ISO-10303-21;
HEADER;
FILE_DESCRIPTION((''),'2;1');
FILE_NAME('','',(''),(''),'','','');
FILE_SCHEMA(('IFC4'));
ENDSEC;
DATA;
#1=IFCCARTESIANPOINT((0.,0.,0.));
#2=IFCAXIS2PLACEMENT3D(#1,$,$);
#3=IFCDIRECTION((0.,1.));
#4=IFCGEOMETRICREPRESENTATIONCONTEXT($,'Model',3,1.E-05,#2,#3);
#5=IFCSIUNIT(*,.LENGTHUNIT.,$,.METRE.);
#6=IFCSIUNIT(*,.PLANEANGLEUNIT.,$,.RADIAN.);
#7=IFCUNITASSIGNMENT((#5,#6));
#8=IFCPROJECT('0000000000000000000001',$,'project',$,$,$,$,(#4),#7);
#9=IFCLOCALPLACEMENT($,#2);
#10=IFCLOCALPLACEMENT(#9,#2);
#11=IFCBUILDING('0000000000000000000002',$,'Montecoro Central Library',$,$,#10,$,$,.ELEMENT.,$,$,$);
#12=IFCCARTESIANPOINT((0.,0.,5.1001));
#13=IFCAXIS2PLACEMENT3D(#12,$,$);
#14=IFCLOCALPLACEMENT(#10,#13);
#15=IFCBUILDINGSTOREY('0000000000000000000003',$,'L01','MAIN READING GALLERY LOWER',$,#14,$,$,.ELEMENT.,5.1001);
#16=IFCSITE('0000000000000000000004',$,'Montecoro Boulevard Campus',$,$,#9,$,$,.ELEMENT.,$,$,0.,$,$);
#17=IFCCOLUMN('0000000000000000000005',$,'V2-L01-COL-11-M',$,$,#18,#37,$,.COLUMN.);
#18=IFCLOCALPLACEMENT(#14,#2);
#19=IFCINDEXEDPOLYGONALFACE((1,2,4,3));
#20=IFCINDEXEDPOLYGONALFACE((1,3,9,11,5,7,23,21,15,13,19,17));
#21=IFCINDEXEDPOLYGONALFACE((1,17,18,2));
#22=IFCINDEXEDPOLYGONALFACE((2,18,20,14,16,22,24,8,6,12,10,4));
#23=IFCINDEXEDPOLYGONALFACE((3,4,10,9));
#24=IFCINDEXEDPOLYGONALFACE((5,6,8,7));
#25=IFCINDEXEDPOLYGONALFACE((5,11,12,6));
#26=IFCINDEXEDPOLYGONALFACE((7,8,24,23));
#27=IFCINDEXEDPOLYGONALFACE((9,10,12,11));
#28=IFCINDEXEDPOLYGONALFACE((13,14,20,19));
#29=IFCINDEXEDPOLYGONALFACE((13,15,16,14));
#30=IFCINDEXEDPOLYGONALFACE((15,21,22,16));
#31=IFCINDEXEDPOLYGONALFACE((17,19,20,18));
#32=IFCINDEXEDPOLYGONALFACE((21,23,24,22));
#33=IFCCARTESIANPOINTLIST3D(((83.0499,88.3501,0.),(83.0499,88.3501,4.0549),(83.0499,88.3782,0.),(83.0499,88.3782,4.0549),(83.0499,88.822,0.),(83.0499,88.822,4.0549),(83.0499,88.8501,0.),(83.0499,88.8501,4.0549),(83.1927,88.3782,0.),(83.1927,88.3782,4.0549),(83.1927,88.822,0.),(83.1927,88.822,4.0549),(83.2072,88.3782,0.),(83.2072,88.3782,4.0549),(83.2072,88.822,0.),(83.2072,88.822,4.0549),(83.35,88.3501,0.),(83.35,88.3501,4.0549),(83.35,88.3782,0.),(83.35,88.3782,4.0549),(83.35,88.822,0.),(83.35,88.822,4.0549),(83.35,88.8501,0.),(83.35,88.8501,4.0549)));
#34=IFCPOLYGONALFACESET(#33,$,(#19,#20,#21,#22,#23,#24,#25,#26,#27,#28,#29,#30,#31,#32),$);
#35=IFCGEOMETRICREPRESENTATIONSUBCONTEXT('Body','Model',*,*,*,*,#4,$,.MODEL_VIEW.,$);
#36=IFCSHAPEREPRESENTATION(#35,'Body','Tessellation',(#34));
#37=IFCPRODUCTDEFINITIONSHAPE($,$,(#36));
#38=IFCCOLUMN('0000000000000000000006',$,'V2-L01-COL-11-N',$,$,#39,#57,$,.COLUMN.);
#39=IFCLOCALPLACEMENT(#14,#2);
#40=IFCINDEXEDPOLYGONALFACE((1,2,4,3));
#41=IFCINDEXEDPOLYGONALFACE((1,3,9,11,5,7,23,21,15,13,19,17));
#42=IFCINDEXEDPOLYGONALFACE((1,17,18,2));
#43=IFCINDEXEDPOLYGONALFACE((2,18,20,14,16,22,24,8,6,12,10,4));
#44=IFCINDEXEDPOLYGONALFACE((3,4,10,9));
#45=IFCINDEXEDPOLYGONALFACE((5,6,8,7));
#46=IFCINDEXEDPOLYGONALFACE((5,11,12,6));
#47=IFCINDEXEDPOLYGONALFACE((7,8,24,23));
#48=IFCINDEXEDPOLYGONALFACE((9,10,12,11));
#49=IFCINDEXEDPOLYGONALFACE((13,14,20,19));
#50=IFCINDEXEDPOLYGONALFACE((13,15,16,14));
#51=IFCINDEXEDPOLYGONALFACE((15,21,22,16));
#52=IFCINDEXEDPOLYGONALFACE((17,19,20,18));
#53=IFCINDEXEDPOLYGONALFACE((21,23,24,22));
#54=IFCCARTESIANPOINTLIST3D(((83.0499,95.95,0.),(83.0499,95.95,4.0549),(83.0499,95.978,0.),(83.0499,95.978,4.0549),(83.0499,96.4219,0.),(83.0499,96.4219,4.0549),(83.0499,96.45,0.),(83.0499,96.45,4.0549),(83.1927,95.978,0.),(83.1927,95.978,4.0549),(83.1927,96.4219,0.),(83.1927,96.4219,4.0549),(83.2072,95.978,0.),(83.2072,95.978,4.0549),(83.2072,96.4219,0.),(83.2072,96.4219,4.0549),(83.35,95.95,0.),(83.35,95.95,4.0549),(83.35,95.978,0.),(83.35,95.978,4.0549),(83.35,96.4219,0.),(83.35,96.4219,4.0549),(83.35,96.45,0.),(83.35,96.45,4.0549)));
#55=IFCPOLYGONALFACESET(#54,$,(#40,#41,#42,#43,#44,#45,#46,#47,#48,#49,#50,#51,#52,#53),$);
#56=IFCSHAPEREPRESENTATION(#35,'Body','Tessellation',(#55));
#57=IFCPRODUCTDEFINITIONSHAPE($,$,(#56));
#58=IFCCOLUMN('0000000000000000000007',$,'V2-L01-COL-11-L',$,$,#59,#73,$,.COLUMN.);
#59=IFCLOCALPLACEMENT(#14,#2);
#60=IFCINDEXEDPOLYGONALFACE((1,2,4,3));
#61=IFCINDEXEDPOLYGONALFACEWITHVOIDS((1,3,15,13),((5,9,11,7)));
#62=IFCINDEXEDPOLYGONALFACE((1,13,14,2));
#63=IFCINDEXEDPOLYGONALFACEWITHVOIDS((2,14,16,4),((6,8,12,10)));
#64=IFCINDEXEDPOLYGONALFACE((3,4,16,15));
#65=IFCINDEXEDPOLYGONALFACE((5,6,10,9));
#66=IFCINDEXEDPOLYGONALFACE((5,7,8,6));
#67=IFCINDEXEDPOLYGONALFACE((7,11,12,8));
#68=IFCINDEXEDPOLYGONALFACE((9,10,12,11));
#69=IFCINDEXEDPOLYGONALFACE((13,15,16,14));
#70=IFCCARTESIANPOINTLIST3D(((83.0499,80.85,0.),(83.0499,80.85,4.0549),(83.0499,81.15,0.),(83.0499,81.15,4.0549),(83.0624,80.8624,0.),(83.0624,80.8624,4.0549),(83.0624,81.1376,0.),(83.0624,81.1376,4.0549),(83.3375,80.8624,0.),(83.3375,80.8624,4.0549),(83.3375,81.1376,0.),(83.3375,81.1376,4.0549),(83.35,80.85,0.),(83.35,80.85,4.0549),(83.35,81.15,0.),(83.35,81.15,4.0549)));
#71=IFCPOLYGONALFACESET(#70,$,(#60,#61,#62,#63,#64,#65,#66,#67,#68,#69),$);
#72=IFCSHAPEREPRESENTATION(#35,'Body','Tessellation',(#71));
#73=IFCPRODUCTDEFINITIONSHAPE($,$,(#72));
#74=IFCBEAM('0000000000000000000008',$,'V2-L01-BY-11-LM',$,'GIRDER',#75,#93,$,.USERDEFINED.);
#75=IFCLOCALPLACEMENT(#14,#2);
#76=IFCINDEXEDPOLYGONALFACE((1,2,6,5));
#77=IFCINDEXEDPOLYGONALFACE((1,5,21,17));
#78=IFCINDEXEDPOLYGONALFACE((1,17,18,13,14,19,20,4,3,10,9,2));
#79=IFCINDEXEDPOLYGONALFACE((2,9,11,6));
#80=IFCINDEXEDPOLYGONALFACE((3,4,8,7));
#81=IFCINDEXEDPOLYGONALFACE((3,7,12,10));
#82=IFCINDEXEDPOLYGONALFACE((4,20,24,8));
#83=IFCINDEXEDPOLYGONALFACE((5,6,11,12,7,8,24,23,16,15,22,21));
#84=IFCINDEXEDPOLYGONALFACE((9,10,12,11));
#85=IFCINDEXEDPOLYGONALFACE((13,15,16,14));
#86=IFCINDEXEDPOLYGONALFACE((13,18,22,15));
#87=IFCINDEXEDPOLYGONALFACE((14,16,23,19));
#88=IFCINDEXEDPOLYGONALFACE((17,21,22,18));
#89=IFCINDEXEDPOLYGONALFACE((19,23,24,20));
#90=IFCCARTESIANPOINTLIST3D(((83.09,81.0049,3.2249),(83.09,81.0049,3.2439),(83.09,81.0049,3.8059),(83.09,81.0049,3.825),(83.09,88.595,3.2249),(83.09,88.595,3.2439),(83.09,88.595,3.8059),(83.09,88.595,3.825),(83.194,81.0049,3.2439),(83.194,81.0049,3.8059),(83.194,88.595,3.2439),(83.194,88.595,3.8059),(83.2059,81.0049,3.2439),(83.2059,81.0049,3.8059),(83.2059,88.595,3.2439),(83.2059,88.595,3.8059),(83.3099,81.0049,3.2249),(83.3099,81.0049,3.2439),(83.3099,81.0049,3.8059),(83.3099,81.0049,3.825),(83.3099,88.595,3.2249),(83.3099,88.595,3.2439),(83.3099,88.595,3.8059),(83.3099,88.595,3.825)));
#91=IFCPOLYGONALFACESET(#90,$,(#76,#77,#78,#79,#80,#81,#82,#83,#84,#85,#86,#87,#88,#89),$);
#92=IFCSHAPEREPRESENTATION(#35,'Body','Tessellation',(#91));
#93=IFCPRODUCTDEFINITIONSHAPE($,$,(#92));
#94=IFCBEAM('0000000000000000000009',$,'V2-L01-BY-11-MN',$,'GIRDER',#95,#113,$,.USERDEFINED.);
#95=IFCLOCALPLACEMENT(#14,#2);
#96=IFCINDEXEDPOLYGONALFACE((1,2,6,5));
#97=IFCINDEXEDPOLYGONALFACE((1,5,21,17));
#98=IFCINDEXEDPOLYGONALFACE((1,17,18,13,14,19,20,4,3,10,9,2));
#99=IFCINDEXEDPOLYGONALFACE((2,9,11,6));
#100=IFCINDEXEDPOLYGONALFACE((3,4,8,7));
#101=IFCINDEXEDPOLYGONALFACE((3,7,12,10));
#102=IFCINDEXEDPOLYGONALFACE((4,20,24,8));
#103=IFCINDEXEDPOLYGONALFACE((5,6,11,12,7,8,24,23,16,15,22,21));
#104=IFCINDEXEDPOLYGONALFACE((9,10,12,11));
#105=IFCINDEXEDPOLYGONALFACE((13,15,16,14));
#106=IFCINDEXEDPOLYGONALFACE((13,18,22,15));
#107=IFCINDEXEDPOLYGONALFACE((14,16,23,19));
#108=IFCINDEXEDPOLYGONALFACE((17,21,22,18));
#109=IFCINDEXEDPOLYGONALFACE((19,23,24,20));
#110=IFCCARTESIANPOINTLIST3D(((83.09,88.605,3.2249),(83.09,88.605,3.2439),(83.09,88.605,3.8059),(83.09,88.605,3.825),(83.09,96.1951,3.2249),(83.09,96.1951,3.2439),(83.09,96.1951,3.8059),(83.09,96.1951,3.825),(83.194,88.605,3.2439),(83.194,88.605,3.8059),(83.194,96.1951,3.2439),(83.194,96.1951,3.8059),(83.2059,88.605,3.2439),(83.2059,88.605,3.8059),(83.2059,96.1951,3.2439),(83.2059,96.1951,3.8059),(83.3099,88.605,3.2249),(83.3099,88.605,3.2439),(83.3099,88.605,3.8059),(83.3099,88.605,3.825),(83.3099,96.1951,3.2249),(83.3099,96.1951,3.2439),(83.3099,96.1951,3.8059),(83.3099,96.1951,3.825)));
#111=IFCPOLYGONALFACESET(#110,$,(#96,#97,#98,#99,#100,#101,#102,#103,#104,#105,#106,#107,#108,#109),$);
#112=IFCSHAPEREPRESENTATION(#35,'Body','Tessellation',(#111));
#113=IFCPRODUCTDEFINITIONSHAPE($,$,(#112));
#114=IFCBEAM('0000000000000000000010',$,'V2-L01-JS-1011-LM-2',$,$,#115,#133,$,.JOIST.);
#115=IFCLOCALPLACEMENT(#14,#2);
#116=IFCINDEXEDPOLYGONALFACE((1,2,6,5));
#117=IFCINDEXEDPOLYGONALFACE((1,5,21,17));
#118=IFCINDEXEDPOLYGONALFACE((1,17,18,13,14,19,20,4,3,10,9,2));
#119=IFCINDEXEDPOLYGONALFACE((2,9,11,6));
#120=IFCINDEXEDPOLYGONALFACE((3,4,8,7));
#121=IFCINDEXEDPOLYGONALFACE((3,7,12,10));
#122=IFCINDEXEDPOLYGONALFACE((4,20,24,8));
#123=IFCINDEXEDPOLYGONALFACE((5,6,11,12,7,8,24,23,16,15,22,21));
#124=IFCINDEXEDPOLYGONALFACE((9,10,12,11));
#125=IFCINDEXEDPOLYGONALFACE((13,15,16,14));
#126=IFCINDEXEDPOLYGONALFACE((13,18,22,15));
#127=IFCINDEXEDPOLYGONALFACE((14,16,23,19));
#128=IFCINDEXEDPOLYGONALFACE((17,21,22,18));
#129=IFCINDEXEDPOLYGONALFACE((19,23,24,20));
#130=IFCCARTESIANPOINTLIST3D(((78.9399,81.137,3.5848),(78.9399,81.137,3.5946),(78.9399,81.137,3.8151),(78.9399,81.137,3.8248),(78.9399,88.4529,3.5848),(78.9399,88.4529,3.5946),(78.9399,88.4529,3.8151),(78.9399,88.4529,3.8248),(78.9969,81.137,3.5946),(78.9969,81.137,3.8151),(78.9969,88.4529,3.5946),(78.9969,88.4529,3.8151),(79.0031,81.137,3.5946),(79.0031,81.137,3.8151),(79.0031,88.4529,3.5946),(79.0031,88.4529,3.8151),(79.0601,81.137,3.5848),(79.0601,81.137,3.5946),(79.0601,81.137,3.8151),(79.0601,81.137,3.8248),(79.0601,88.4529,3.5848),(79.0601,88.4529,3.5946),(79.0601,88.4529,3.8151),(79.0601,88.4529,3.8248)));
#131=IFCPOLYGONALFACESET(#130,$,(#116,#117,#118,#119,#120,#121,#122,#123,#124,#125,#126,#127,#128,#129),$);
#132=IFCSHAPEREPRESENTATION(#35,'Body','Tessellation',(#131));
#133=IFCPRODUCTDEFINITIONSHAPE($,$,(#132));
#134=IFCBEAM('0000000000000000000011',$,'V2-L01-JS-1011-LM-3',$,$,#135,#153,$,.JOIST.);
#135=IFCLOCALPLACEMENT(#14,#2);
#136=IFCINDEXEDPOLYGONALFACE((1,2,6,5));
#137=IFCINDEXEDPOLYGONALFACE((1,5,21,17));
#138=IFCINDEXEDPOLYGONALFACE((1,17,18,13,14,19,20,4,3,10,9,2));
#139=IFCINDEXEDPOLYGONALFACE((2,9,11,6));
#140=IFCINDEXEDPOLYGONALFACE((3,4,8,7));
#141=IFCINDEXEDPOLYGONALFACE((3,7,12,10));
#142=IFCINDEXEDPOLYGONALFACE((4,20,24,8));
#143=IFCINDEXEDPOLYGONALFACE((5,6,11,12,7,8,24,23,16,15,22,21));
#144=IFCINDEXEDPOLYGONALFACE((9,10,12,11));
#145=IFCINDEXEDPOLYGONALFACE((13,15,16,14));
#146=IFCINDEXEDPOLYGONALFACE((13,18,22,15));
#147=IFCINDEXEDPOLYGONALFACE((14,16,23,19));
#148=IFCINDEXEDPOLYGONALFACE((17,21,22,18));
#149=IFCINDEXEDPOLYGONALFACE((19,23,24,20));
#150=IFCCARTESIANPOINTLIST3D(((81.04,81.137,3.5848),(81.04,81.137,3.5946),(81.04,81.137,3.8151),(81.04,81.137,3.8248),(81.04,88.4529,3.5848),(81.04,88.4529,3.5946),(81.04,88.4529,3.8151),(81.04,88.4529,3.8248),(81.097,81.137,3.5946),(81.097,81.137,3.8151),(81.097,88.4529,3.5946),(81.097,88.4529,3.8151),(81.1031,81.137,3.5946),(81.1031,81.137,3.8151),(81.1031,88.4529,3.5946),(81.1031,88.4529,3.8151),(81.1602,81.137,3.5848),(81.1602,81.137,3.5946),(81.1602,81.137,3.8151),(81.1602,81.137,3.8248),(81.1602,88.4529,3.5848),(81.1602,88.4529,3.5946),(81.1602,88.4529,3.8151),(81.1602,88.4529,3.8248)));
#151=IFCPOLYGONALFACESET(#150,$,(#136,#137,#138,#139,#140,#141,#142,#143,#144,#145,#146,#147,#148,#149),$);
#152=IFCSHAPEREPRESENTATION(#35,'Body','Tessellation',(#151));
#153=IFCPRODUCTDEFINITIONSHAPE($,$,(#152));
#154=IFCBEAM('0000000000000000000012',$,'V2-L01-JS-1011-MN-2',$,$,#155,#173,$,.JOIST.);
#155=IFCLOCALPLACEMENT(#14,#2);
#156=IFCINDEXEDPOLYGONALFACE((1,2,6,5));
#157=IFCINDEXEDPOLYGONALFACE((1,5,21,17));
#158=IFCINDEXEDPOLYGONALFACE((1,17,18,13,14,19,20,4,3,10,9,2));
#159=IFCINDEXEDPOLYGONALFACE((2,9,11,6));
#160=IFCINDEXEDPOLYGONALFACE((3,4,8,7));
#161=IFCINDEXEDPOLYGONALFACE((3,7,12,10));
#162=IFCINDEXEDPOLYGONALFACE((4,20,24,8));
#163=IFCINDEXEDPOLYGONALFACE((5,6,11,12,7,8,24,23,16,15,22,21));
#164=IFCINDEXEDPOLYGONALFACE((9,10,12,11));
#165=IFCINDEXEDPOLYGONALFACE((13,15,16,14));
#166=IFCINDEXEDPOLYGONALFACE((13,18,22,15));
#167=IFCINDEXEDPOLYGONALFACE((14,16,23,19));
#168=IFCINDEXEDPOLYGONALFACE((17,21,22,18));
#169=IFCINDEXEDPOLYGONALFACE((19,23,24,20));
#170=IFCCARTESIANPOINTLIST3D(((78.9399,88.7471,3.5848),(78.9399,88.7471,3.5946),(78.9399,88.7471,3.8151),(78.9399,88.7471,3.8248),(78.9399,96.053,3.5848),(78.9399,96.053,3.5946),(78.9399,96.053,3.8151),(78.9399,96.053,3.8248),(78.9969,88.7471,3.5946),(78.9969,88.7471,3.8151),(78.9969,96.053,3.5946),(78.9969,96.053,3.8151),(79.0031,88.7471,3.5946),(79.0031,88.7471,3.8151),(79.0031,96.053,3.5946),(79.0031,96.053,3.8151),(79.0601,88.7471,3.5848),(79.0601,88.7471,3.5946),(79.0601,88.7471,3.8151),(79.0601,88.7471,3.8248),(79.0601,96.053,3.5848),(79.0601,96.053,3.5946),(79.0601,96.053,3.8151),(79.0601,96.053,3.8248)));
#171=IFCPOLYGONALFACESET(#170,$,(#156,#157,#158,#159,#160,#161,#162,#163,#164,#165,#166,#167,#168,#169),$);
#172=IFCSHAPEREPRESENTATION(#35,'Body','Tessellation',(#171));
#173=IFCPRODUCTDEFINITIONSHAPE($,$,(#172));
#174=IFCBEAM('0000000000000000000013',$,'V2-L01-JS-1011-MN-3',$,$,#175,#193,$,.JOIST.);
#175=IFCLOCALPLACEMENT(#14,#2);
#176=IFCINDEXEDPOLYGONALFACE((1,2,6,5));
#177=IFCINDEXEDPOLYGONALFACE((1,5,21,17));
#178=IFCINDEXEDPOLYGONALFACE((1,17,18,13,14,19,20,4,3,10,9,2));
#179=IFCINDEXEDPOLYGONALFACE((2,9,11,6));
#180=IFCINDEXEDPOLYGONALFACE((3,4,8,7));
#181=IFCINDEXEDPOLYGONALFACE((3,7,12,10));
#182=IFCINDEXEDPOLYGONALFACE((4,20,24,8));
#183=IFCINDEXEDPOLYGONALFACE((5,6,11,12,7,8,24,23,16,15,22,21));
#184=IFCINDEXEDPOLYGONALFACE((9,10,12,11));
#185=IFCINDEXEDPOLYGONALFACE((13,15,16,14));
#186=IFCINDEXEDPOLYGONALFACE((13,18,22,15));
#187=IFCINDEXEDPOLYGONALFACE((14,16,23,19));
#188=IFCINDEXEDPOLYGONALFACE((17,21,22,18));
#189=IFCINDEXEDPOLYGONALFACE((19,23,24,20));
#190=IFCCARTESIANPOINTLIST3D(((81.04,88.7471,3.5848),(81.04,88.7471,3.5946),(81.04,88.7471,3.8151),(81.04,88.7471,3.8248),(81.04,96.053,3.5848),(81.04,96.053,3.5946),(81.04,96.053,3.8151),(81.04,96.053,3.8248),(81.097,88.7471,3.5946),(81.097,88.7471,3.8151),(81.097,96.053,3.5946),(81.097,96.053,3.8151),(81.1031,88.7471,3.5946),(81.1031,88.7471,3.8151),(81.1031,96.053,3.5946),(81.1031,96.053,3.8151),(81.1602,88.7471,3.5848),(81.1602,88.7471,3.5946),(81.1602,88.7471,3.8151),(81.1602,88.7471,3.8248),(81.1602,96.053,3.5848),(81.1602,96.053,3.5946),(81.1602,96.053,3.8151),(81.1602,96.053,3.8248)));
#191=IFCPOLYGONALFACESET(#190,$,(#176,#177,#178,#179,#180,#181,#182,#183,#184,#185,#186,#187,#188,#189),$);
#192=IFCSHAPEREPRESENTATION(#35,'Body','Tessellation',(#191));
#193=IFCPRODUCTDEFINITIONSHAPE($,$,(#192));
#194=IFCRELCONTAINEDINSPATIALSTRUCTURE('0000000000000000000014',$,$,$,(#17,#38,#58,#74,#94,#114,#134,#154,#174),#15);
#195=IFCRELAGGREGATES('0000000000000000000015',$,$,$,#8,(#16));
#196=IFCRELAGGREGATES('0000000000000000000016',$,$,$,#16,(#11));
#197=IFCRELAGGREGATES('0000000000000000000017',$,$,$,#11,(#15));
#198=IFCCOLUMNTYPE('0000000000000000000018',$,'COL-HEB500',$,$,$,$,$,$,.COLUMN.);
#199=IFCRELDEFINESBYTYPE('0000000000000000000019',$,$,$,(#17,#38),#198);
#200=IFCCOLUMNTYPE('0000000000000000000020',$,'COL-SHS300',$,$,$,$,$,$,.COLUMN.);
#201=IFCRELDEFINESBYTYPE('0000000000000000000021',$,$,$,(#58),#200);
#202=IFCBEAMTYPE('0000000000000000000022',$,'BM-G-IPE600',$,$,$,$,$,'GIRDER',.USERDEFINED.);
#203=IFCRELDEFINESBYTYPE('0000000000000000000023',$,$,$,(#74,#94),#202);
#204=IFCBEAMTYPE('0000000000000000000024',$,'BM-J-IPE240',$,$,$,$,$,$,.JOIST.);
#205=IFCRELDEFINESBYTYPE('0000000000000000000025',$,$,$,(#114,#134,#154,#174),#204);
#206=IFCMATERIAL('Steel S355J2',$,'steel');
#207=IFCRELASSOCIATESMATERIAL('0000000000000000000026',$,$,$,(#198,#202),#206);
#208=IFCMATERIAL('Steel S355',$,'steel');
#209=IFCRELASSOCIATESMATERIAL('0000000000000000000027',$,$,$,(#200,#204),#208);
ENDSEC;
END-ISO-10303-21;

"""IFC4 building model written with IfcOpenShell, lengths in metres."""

from ifc_helpers import new_model, si_unit, direction, frame, origin, origin_2d, place, context, subcontext, project, spatial, hollow_rectangle, i_section, extrude, material, material_profile, profile_set, type_object, element, save


model = new_model("IFC4")

# Units and contexts
model_context = context("Model", 3, precision=1e-05, world=origin(), true_north=direction((0.0, 1.0)))
body_context = subcontext(model_context, "Body", "Model", "MODEL_VIEW")
ifc_project = project(units=[si_unit("LENGTHUNIT", "METRE"), si_unit("PLANEANGLEUNIT", "RADIAN")], contexts=[model_context])

# Site, building, storey
site_placement = place(None, origin())
site = spatial("IfcSite", under=ifc_project, at=site_placement, Name="Montecoro Boulevard Campus", CompositionType="ELEMENT", RefElevation=0.0)
building_placement = place(site_placement, origin())
building = spatial("IfcBuilding", under=site, at=building_placement, Name="Montecoro Central Library", CompositionType="ELEMENT")
storey_placement = place(building_placement, frame((0.0, 0.0, 5.1001)))
storey = spatial("IfcBuildingStorey", under=building, at=storey_placement, Name="L01", Description="MAIN READING GALLERY LOWER", CompositionType="ELEMENT", Elevation=5.1001)

# Columns
ifc_material_1 = material(Name="Steel S355J2", Category="steel")
ifc_material_profile_1 = material_profile(ifc_material_1, i_section(OverallWidth=0.3, OverallDepth=0.5, WebThickness=0.0144, FlangeThickness=0.0281, at=origin_2d()), Name="HEB 500")
ifc_profile_set_1 = profile_set([ifc_material_profile_1], Name="Steel S355J2")
column_type_1 = type_object("IfcColumnType", Name="COL-HEB500", PredefinedType="COLUMN", material=ifc_profile_set_1)
for number, where, z_axis, x_axis, name in (
    (1, (83.2, 88.6001, 0.0), (0.0, 0.0, 1.0), (1.0, 0.0, 0.0), "V2-L01-COL-11-M"),
    (2, (83.2, 96.2, 0.0), (0.0, 0.0, 1.0), (1.0, 0.0, 0.0), "V2-L01-COL-11-N"),
):
    element("IfcColumn", number, at=place(storey_placement, frame(where, z_axis=z_axis, x_axis=x_axis)), inside=storey, type_object=column_type_1, Name=name, PredefinedType="COLUMN", context=body_context, shape_type="SweptSolid", body=[
        extrude(i_section(OverallWidth=0.3, OverallDepth=0.5, WebThickness=0.0144, FlangeThickness=0.0281, at=origin_2d()), origin(), (0.0, 0.0, 1.0), 4.0549),
    ])
ifc_material_2 = material(Name="Steel S355", Category="steel")
ifc_material_profile_2 = material_profile(ifc_material_2, hollow_rectangle(XDim=0.3, YDim=0.3, WallThickness=0.0125, at=origin_2d()), Name="SHS 300x300x12.5")
ifc_profile_set_2 = profile_set([ifc_material_profile_2], Name="Steel S355")
column_type_2 = type_object("IfcColumnType", Name="COL-SHS300", PredefinedType="COLUMN", material=ifc_profile_set_2)
column_placement = place(storey_placement, frame((83.2, 81.0, 0.0), z_axis=(0.0, 0.0, 1.0), x_axis=(1.0, 0.0, 0.0)))
element("IfcColumn", 3, at=column_placement, inside=storey, type_object=column_type_2, Name="V2-L01-COL-11-L", PredefinedType="COLUMN", context=body_context, shape_type="SweptSolid", body=[
    extrude(hollow_rectangle(XDim=0.3, YDim=0.3, WallThickness=0.0125, at=origin_2d()), origin(), (0.0, 0.0, 1.0), 4.0549),
])

# Beams
ifc_material_profile_3 = material_profile(ifc_material_1, i_section(OverallWidth=0.22, OverallDepth=0.6001, WebThickness=0.012, FlangeThickness=0.019, at=origin_2d()), Name="IPE 600")
ifc_profile_set_3 = profile_set([ifc_material_profile_3], Name="Steel S355J2")
beam_type_1 = type_object("IfcBeamType", Name="BM-G-IPE600", ElementType="GIRDER", PredefinedType="USERDEFINED", material=ifc_profile_set_3)
for number, where, z_axis, x_axis, name in (
    (4, (83.2, 81.0049, 3.5249), (0.0, 1.0, 0.0), (-1.0, 0.0, 0.0), "V2-L01-BY-11-LM"),
    (5, (83.2, 88.605, 3.5249), (0.0, 1.0, 0.0), (-1.0, 0.0, 0.0), "V2-L01-BY-11-MN"),
):
    element("IfcBeam", number, at=place(storey_placement, frame(where, z_axis=z_axis, x_axis=x_axis)), inside=storey, type_object=beam_type_1, Name=name, ObjectType="GIRDER", PredefinedType="USERDEFINED", context=body_context, shape_type="SweptSolid", body=[
        extrude(i_section(OverallWidth=0.22, OverallDepth=0.6001, WebThickness=0.012, FlangeThickness=0.019, at=origin_2d()), origin(), (0.0, 0.0, 1.0), 7.5901),
    ])
ifc_material_profile_4 = material_profile(ifc_material_2, i_section(OverallWidth=0.1201, OverallDepth=0.24, WebThickness=0.0061, FlangeThickness=0.0098, at=origin_2d()), Name="IPE 240")
ifc_profile_set_4 = profile_set([ifc_material_profile_4], Name="Steel S355")
beam_type_2 = type_object("IfcBeamType", Name="BM-J-IPE240", PredefinedType="JOIST", material=ifc_profile_set_4)
for number, where, z_axis, x_axis, name in (
    (6, (79.0, 81.137, 3.7048), (0.0, 1.0, 0.0), (-1.0, 0.0, 0.0), "V2-L01-JS-1011-LM-2"),
    (7, (81.1001, 81.137, 3.7048), (0.0, 1.0, 0.0), (-1.0, 0.0, 0.0), "V2-L01-JS-1011-LM-3"),
):
    element("IfcBeam", number, at=place(storey_placement, frame(where, z_axis=z_axis, x_axis=x_axis)), inside=storey, type_object=beam_type_2, Name=name, PredefinedType="JOIST", context=body_context, shape_type="SweptSolid", body=[
        extrude(i_section(OverallWidth=0.1201, OverallDepth=0.24, WebThickness=0.0061, FlangeThickness=0.0098, at=origin_2d()), origin(), (0.0, 0.0, 1.0), 7.3159),
    ])
for number, where, z_axis, x_axis, name in (
    (8, (79.0, 88.7471, 3.7048), (0.0, 1.0, 0.0), (-1.0, 0.0, 0.0), "V2-L01-JS-1011-MN-2"),
    (9, (81.1001, 88.7471, 3.7048), (0.0, 1.0, 0.0), (-1.0, 0.0, 0.0), "V2-L01-JS-1011-MN-3"),
):
    element("IfcBeam", number, at=place(storey_placement, frame(where, z_axis=z_axis, x_axis=x_axis)), inside=storey, type_object=beam_type_2, Name=name, PredefinedType="JOIST", context=body_context, shape_type="SweptSolid", body=[
        extrude(i_section(OverallWidth=0.1201, OverallDepth=0.24, WebThickness=0.0061, FlangeThickness=0.0098, at=origin_2d()), origin(), (0.0, 0.0, 1.0), 7.3059),
    ])

save(model, "model.ifc")
